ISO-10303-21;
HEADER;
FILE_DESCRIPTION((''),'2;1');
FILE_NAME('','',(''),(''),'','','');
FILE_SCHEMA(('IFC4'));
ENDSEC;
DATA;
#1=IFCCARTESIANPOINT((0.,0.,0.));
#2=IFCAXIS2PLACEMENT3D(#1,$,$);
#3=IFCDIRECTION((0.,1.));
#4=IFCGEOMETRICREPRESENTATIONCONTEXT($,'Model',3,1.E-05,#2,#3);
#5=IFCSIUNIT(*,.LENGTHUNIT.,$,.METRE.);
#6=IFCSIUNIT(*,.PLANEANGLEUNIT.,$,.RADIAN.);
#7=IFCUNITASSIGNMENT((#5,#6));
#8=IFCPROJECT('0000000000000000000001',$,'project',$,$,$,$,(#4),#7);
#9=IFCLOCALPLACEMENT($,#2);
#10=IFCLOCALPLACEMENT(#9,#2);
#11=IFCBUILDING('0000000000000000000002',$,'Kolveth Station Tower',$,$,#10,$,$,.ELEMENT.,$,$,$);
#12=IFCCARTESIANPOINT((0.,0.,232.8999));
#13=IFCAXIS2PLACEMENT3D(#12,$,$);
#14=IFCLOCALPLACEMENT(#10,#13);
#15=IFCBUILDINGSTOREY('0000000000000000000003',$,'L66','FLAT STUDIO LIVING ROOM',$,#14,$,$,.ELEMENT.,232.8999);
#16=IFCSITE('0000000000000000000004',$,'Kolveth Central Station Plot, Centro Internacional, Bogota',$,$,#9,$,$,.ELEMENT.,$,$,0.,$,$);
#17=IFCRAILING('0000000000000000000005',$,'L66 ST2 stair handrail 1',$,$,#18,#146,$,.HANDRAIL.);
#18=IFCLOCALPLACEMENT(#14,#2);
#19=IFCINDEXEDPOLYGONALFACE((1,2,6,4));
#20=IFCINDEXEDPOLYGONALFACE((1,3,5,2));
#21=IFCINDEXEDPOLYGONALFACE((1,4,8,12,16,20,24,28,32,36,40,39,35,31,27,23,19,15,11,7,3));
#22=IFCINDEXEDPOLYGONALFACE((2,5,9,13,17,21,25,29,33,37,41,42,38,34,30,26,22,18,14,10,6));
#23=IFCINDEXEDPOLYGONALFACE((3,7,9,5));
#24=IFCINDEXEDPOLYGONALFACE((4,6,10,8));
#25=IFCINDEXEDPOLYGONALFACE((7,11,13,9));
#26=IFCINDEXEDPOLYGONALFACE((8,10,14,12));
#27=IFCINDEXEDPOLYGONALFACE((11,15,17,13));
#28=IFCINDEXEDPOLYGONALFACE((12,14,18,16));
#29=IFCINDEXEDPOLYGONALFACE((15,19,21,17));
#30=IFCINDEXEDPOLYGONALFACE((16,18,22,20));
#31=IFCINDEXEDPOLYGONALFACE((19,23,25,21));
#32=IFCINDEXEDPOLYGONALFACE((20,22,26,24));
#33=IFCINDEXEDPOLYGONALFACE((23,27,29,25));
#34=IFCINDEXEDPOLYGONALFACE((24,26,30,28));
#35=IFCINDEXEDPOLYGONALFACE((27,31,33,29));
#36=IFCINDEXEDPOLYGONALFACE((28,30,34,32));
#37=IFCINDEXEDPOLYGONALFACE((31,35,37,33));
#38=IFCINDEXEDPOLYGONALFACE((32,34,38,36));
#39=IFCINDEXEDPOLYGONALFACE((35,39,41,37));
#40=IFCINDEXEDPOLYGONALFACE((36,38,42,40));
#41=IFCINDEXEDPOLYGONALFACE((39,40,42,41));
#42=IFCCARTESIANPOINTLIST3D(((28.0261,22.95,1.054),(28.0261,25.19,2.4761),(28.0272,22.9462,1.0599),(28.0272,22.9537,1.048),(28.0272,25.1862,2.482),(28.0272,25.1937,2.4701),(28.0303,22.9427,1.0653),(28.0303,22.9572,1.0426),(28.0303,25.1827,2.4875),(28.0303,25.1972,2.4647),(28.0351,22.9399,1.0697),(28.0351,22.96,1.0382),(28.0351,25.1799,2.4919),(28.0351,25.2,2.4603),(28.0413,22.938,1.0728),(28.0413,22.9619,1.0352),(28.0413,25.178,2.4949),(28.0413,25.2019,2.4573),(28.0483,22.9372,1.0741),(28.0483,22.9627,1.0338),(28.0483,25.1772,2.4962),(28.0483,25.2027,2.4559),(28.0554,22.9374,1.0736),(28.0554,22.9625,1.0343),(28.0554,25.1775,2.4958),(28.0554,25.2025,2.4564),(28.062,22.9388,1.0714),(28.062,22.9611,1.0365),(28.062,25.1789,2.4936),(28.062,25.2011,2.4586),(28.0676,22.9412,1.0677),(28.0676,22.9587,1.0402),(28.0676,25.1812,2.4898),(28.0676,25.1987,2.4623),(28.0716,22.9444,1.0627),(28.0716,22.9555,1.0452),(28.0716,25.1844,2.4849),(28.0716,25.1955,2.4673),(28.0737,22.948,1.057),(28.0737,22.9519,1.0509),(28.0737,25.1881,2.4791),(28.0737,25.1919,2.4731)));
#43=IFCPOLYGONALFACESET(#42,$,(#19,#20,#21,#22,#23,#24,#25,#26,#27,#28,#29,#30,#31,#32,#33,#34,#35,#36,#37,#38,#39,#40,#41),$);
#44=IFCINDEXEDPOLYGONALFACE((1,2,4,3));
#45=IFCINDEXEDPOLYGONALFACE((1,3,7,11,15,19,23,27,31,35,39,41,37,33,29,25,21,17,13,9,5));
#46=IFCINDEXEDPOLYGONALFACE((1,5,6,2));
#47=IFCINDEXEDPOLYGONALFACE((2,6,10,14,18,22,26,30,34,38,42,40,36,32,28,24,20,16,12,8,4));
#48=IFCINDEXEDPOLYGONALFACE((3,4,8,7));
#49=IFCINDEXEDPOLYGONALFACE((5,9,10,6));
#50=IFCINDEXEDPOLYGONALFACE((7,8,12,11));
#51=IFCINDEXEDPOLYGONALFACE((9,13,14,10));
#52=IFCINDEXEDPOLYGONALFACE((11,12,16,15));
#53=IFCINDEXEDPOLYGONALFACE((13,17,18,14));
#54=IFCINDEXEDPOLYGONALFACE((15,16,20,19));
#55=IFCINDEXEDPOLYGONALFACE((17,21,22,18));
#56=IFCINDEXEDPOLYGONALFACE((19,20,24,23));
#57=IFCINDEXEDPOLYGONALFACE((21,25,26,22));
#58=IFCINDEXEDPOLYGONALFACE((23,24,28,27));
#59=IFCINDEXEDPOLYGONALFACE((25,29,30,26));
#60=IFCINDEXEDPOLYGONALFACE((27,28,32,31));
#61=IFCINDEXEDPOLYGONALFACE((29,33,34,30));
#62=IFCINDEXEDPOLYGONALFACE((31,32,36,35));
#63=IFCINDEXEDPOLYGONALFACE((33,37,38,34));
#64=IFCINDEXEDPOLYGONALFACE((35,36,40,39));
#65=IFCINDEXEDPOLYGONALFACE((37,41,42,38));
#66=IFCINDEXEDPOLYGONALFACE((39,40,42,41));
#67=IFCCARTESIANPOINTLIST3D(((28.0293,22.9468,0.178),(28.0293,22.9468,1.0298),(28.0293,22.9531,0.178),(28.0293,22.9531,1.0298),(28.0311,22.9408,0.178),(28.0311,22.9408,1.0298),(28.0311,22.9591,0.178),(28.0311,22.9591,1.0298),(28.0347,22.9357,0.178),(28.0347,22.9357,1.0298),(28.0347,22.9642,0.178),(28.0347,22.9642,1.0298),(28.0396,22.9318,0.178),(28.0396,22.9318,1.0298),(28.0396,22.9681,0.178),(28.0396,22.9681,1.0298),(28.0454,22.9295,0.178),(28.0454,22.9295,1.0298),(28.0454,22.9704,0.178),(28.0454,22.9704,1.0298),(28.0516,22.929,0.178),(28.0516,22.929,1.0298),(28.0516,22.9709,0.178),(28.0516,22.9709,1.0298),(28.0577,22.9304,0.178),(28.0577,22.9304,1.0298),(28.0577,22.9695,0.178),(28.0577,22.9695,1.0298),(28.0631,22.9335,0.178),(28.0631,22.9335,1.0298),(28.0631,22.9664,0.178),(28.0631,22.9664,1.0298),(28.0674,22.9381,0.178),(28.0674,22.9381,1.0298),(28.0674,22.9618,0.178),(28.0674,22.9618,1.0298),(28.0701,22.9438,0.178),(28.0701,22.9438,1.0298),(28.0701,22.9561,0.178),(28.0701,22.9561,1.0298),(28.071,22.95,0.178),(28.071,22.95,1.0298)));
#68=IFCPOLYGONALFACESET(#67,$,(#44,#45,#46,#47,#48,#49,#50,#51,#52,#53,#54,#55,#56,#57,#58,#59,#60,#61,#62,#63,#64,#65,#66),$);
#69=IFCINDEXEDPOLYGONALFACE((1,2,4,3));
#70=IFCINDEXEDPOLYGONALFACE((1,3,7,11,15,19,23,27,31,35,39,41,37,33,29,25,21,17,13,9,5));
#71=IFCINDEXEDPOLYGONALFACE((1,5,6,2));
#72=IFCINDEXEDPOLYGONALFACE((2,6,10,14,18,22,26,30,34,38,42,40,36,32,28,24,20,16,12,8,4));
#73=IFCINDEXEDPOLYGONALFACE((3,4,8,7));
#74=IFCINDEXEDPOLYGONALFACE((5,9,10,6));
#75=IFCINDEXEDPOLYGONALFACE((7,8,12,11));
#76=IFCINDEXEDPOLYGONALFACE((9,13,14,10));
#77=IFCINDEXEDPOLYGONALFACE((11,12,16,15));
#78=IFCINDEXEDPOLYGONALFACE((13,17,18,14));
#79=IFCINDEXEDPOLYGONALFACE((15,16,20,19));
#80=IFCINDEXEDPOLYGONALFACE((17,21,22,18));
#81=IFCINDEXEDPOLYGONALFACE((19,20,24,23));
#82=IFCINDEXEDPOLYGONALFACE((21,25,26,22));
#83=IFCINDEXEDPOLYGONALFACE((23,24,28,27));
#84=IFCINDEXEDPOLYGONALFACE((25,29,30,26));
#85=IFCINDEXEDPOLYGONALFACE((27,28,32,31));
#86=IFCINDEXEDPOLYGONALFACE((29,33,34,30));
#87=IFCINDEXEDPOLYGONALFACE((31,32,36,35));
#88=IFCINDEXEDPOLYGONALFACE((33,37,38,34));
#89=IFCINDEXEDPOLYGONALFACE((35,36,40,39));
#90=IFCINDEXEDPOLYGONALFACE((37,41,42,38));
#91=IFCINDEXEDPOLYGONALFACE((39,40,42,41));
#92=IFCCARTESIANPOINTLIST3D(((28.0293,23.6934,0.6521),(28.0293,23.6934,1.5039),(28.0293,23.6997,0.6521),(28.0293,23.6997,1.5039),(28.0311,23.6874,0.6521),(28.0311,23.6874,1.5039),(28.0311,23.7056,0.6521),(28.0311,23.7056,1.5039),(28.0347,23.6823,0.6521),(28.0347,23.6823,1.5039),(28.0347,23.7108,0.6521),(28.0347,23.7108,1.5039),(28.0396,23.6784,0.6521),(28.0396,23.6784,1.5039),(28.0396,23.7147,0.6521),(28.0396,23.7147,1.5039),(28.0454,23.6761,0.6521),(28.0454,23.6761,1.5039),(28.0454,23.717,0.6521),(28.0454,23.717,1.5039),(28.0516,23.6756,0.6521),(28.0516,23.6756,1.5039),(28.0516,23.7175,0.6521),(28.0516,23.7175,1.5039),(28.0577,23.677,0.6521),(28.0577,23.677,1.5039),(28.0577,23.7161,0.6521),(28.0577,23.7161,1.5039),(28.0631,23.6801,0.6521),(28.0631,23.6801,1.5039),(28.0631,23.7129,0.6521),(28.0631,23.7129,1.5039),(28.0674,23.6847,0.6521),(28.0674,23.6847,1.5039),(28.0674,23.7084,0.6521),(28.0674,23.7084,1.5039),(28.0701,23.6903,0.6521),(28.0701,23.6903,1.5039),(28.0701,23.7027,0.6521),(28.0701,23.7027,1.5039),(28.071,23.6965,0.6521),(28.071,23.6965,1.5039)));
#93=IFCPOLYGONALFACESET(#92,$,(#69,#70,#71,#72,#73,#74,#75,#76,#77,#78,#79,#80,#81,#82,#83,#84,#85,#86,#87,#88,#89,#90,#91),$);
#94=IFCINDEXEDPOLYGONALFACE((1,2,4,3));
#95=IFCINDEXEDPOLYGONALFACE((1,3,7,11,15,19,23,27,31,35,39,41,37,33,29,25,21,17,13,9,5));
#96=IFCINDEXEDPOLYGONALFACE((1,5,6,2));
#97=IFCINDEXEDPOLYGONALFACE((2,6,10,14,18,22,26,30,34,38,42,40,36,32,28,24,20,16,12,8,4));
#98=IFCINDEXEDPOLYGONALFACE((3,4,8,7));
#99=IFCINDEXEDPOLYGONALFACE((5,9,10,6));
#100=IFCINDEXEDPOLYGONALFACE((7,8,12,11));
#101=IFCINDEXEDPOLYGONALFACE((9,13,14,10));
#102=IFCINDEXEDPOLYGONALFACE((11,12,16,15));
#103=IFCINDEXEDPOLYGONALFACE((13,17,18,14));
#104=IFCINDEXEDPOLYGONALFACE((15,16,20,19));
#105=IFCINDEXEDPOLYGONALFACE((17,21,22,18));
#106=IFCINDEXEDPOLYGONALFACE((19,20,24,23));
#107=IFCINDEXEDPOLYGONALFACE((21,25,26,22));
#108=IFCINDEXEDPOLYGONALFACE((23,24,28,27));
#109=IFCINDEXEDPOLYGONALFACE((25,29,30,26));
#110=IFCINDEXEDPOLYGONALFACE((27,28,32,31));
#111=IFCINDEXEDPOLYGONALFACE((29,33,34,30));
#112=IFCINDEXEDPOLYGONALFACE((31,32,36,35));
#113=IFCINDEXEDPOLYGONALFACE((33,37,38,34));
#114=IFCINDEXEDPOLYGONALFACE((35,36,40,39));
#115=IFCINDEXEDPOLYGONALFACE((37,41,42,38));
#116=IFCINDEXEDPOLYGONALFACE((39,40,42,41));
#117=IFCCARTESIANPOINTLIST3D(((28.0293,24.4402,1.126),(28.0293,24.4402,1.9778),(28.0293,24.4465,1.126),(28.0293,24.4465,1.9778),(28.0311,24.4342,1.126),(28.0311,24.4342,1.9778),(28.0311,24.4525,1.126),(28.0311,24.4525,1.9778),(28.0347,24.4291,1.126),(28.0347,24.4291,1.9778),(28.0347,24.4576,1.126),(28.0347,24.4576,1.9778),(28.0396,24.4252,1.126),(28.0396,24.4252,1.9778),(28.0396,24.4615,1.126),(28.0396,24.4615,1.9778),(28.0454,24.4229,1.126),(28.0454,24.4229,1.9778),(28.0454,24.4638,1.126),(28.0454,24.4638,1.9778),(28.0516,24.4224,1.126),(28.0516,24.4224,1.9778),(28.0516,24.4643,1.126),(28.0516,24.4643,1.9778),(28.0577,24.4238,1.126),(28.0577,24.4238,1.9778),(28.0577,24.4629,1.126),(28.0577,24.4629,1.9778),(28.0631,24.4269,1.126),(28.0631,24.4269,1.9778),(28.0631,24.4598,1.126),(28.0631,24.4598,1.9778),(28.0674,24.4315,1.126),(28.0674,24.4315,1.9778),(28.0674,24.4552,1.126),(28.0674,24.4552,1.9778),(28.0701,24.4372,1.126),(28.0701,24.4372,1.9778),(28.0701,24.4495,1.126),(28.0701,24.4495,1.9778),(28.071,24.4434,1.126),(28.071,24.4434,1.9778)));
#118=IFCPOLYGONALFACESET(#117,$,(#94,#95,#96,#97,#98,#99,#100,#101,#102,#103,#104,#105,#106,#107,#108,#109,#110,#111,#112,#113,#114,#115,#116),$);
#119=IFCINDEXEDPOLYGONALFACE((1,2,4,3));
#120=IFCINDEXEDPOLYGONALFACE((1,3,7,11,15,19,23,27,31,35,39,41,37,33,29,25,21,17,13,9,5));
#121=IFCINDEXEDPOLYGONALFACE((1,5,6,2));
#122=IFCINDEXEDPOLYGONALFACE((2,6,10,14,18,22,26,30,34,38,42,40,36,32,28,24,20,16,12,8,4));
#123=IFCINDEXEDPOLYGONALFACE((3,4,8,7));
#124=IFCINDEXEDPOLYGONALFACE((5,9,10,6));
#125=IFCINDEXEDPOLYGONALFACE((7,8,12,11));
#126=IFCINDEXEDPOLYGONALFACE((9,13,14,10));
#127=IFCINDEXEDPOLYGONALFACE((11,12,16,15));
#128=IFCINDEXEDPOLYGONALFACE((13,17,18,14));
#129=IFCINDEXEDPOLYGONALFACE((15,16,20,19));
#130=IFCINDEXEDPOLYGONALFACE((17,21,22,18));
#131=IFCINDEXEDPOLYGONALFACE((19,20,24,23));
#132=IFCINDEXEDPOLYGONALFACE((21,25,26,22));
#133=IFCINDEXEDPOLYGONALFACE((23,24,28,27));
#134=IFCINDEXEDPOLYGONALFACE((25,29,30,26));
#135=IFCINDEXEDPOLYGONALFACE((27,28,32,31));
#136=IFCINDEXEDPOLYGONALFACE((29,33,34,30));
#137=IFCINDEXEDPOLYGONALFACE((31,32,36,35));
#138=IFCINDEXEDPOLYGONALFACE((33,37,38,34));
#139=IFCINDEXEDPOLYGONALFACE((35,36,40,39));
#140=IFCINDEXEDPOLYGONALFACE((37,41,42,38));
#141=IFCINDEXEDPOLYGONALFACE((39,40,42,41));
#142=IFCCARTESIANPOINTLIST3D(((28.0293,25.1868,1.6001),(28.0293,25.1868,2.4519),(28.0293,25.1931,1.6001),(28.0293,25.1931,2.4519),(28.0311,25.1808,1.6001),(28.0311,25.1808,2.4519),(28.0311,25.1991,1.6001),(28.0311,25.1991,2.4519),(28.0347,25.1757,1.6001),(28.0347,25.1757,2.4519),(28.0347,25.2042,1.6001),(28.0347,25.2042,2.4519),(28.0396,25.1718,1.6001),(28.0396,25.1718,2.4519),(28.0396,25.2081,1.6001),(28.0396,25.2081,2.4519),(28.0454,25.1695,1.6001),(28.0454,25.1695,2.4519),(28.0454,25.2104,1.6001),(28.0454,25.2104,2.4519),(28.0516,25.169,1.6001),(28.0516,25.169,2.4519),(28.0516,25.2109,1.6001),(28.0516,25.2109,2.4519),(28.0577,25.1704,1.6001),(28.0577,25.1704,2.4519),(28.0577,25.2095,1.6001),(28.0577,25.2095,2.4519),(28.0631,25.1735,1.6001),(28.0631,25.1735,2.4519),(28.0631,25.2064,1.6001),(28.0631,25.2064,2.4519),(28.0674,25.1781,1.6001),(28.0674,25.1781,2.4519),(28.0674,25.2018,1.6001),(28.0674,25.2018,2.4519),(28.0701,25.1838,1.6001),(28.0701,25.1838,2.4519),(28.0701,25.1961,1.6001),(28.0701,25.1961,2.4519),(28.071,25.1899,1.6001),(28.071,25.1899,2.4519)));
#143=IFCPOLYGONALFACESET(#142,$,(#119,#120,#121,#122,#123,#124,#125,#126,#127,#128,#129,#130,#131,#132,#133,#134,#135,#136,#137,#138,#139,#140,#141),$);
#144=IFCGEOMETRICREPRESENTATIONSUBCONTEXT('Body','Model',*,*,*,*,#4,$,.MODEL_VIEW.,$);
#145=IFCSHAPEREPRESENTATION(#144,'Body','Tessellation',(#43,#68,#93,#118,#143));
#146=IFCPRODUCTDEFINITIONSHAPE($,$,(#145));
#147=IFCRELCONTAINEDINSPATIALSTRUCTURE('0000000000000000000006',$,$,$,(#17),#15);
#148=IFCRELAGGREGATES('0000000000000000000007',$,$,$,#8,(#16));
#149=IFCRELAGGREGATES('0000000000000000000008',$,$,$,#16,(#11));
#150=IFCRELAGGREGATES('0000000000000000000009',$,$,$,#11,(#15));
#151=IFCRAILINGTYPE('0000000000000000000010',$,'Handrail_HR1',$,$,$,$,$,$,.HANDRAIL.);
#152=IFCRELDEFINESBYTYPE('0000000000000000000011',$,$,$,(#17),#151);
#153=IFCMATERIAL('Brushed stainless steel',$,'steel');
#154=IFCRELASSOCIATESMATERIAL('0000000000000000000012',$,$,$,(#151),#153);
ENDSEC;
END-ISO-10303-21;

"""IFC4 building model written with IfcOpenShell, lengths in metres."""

from ifc_helpers import new_model, si_unit, direction, frame, origin, origin_2d, place, context, subcontext, project, spatial, circle, extrude, material, type_object, element, save


model = new_model("IFC4")

# Units and contexts
model_context = context("Model", 3, precision=1e-05, world=origin(), true_north=direction((0.0, 1.0)))
body_context = subcontext(model_context, "Body", "Model", "MODEL_VIEW")
ifc_project = project(units=[si_unit("LENGTHUNIT", "METRE"), si_unit("PLANEANGLEUNIT", "RADIAN")], contexts=[model_context])

# Site, building, storey
site_placement = place(None, origin())
site = spatial("IfcSite", under=ifc_project, at=site_placement, Name="Kolveth Central Station Plot, Centro Internacional, Bogota", CompositionType="ELEMENT", RefElevation=0.0)
building_placement = place(site_placement, origin())
building = spatial("IfcBuilding", under=site, at=building_placement, Name="Kolveth Station Tower", CompositionType="ELEMENT")
storey_placement = place(building_placement, frame((0.0, 0.0, 232.8999)))
storey = spatial("IfcBuildingStorey", under=building, at=storey_placement, Name="L66", Description="FLAT STUDIO LIVING ROOM", CompositionType="ELEMENT", Elevation=232.8999)

# Railing
ifc_material_1 = material(Name="Brushed stainless steel", Category="steel")
railing_type_1 = type_object("IfcRailingType", Name="Handrail_HR1", PredefinedType="HANDRAIL", material=ifc_material_1)
for number, where, name in (
    (1, (28.05, 22.95, 0.178), "L66 ST2 stair handrail 1"),
):
    element("IfcRailing", number, at=place(storey_placement, frame(where)), inside=storey, type_object=railing_type_1, Name=name, PredefinedType="HANDRAIL", context=body_context, shape_type="SweptSolid", body=[
        extrude(circle(Radius=0.0239, at=origin_2d()), frame((0.0, 0.0, 0.876), z_axis=(0.0, 0.844229, 0.535982), x_axis=(-1.0, 0.0, 0.0)), (0.0, 0.0, 1.0), 2.6533),
        extrude(circle(Radius=0.021, at=origin_2d()), origin(), (0.0, 0.0, 1.0), 0.8518),
        extrude(circle(Radius=0.021, at=origin_2d()), frame((0.0, 0.7466, 0.4741)), (0.0, 0.0, 1.0), 0.8518),
        extrude(circle(Radius=0.021, at=origin_2d()), frame((0.0, 1.4934, 0.948)), (0.0, 0.0, 1.0), 0.8518),
        extrude(circle(Radius=0.021, at=origin_2d()), frame((0.0, 2.24, 1.4221)), (0.0, 0.0, 1.0), 0.8518),
    ])

save(model, "model.ifc")
